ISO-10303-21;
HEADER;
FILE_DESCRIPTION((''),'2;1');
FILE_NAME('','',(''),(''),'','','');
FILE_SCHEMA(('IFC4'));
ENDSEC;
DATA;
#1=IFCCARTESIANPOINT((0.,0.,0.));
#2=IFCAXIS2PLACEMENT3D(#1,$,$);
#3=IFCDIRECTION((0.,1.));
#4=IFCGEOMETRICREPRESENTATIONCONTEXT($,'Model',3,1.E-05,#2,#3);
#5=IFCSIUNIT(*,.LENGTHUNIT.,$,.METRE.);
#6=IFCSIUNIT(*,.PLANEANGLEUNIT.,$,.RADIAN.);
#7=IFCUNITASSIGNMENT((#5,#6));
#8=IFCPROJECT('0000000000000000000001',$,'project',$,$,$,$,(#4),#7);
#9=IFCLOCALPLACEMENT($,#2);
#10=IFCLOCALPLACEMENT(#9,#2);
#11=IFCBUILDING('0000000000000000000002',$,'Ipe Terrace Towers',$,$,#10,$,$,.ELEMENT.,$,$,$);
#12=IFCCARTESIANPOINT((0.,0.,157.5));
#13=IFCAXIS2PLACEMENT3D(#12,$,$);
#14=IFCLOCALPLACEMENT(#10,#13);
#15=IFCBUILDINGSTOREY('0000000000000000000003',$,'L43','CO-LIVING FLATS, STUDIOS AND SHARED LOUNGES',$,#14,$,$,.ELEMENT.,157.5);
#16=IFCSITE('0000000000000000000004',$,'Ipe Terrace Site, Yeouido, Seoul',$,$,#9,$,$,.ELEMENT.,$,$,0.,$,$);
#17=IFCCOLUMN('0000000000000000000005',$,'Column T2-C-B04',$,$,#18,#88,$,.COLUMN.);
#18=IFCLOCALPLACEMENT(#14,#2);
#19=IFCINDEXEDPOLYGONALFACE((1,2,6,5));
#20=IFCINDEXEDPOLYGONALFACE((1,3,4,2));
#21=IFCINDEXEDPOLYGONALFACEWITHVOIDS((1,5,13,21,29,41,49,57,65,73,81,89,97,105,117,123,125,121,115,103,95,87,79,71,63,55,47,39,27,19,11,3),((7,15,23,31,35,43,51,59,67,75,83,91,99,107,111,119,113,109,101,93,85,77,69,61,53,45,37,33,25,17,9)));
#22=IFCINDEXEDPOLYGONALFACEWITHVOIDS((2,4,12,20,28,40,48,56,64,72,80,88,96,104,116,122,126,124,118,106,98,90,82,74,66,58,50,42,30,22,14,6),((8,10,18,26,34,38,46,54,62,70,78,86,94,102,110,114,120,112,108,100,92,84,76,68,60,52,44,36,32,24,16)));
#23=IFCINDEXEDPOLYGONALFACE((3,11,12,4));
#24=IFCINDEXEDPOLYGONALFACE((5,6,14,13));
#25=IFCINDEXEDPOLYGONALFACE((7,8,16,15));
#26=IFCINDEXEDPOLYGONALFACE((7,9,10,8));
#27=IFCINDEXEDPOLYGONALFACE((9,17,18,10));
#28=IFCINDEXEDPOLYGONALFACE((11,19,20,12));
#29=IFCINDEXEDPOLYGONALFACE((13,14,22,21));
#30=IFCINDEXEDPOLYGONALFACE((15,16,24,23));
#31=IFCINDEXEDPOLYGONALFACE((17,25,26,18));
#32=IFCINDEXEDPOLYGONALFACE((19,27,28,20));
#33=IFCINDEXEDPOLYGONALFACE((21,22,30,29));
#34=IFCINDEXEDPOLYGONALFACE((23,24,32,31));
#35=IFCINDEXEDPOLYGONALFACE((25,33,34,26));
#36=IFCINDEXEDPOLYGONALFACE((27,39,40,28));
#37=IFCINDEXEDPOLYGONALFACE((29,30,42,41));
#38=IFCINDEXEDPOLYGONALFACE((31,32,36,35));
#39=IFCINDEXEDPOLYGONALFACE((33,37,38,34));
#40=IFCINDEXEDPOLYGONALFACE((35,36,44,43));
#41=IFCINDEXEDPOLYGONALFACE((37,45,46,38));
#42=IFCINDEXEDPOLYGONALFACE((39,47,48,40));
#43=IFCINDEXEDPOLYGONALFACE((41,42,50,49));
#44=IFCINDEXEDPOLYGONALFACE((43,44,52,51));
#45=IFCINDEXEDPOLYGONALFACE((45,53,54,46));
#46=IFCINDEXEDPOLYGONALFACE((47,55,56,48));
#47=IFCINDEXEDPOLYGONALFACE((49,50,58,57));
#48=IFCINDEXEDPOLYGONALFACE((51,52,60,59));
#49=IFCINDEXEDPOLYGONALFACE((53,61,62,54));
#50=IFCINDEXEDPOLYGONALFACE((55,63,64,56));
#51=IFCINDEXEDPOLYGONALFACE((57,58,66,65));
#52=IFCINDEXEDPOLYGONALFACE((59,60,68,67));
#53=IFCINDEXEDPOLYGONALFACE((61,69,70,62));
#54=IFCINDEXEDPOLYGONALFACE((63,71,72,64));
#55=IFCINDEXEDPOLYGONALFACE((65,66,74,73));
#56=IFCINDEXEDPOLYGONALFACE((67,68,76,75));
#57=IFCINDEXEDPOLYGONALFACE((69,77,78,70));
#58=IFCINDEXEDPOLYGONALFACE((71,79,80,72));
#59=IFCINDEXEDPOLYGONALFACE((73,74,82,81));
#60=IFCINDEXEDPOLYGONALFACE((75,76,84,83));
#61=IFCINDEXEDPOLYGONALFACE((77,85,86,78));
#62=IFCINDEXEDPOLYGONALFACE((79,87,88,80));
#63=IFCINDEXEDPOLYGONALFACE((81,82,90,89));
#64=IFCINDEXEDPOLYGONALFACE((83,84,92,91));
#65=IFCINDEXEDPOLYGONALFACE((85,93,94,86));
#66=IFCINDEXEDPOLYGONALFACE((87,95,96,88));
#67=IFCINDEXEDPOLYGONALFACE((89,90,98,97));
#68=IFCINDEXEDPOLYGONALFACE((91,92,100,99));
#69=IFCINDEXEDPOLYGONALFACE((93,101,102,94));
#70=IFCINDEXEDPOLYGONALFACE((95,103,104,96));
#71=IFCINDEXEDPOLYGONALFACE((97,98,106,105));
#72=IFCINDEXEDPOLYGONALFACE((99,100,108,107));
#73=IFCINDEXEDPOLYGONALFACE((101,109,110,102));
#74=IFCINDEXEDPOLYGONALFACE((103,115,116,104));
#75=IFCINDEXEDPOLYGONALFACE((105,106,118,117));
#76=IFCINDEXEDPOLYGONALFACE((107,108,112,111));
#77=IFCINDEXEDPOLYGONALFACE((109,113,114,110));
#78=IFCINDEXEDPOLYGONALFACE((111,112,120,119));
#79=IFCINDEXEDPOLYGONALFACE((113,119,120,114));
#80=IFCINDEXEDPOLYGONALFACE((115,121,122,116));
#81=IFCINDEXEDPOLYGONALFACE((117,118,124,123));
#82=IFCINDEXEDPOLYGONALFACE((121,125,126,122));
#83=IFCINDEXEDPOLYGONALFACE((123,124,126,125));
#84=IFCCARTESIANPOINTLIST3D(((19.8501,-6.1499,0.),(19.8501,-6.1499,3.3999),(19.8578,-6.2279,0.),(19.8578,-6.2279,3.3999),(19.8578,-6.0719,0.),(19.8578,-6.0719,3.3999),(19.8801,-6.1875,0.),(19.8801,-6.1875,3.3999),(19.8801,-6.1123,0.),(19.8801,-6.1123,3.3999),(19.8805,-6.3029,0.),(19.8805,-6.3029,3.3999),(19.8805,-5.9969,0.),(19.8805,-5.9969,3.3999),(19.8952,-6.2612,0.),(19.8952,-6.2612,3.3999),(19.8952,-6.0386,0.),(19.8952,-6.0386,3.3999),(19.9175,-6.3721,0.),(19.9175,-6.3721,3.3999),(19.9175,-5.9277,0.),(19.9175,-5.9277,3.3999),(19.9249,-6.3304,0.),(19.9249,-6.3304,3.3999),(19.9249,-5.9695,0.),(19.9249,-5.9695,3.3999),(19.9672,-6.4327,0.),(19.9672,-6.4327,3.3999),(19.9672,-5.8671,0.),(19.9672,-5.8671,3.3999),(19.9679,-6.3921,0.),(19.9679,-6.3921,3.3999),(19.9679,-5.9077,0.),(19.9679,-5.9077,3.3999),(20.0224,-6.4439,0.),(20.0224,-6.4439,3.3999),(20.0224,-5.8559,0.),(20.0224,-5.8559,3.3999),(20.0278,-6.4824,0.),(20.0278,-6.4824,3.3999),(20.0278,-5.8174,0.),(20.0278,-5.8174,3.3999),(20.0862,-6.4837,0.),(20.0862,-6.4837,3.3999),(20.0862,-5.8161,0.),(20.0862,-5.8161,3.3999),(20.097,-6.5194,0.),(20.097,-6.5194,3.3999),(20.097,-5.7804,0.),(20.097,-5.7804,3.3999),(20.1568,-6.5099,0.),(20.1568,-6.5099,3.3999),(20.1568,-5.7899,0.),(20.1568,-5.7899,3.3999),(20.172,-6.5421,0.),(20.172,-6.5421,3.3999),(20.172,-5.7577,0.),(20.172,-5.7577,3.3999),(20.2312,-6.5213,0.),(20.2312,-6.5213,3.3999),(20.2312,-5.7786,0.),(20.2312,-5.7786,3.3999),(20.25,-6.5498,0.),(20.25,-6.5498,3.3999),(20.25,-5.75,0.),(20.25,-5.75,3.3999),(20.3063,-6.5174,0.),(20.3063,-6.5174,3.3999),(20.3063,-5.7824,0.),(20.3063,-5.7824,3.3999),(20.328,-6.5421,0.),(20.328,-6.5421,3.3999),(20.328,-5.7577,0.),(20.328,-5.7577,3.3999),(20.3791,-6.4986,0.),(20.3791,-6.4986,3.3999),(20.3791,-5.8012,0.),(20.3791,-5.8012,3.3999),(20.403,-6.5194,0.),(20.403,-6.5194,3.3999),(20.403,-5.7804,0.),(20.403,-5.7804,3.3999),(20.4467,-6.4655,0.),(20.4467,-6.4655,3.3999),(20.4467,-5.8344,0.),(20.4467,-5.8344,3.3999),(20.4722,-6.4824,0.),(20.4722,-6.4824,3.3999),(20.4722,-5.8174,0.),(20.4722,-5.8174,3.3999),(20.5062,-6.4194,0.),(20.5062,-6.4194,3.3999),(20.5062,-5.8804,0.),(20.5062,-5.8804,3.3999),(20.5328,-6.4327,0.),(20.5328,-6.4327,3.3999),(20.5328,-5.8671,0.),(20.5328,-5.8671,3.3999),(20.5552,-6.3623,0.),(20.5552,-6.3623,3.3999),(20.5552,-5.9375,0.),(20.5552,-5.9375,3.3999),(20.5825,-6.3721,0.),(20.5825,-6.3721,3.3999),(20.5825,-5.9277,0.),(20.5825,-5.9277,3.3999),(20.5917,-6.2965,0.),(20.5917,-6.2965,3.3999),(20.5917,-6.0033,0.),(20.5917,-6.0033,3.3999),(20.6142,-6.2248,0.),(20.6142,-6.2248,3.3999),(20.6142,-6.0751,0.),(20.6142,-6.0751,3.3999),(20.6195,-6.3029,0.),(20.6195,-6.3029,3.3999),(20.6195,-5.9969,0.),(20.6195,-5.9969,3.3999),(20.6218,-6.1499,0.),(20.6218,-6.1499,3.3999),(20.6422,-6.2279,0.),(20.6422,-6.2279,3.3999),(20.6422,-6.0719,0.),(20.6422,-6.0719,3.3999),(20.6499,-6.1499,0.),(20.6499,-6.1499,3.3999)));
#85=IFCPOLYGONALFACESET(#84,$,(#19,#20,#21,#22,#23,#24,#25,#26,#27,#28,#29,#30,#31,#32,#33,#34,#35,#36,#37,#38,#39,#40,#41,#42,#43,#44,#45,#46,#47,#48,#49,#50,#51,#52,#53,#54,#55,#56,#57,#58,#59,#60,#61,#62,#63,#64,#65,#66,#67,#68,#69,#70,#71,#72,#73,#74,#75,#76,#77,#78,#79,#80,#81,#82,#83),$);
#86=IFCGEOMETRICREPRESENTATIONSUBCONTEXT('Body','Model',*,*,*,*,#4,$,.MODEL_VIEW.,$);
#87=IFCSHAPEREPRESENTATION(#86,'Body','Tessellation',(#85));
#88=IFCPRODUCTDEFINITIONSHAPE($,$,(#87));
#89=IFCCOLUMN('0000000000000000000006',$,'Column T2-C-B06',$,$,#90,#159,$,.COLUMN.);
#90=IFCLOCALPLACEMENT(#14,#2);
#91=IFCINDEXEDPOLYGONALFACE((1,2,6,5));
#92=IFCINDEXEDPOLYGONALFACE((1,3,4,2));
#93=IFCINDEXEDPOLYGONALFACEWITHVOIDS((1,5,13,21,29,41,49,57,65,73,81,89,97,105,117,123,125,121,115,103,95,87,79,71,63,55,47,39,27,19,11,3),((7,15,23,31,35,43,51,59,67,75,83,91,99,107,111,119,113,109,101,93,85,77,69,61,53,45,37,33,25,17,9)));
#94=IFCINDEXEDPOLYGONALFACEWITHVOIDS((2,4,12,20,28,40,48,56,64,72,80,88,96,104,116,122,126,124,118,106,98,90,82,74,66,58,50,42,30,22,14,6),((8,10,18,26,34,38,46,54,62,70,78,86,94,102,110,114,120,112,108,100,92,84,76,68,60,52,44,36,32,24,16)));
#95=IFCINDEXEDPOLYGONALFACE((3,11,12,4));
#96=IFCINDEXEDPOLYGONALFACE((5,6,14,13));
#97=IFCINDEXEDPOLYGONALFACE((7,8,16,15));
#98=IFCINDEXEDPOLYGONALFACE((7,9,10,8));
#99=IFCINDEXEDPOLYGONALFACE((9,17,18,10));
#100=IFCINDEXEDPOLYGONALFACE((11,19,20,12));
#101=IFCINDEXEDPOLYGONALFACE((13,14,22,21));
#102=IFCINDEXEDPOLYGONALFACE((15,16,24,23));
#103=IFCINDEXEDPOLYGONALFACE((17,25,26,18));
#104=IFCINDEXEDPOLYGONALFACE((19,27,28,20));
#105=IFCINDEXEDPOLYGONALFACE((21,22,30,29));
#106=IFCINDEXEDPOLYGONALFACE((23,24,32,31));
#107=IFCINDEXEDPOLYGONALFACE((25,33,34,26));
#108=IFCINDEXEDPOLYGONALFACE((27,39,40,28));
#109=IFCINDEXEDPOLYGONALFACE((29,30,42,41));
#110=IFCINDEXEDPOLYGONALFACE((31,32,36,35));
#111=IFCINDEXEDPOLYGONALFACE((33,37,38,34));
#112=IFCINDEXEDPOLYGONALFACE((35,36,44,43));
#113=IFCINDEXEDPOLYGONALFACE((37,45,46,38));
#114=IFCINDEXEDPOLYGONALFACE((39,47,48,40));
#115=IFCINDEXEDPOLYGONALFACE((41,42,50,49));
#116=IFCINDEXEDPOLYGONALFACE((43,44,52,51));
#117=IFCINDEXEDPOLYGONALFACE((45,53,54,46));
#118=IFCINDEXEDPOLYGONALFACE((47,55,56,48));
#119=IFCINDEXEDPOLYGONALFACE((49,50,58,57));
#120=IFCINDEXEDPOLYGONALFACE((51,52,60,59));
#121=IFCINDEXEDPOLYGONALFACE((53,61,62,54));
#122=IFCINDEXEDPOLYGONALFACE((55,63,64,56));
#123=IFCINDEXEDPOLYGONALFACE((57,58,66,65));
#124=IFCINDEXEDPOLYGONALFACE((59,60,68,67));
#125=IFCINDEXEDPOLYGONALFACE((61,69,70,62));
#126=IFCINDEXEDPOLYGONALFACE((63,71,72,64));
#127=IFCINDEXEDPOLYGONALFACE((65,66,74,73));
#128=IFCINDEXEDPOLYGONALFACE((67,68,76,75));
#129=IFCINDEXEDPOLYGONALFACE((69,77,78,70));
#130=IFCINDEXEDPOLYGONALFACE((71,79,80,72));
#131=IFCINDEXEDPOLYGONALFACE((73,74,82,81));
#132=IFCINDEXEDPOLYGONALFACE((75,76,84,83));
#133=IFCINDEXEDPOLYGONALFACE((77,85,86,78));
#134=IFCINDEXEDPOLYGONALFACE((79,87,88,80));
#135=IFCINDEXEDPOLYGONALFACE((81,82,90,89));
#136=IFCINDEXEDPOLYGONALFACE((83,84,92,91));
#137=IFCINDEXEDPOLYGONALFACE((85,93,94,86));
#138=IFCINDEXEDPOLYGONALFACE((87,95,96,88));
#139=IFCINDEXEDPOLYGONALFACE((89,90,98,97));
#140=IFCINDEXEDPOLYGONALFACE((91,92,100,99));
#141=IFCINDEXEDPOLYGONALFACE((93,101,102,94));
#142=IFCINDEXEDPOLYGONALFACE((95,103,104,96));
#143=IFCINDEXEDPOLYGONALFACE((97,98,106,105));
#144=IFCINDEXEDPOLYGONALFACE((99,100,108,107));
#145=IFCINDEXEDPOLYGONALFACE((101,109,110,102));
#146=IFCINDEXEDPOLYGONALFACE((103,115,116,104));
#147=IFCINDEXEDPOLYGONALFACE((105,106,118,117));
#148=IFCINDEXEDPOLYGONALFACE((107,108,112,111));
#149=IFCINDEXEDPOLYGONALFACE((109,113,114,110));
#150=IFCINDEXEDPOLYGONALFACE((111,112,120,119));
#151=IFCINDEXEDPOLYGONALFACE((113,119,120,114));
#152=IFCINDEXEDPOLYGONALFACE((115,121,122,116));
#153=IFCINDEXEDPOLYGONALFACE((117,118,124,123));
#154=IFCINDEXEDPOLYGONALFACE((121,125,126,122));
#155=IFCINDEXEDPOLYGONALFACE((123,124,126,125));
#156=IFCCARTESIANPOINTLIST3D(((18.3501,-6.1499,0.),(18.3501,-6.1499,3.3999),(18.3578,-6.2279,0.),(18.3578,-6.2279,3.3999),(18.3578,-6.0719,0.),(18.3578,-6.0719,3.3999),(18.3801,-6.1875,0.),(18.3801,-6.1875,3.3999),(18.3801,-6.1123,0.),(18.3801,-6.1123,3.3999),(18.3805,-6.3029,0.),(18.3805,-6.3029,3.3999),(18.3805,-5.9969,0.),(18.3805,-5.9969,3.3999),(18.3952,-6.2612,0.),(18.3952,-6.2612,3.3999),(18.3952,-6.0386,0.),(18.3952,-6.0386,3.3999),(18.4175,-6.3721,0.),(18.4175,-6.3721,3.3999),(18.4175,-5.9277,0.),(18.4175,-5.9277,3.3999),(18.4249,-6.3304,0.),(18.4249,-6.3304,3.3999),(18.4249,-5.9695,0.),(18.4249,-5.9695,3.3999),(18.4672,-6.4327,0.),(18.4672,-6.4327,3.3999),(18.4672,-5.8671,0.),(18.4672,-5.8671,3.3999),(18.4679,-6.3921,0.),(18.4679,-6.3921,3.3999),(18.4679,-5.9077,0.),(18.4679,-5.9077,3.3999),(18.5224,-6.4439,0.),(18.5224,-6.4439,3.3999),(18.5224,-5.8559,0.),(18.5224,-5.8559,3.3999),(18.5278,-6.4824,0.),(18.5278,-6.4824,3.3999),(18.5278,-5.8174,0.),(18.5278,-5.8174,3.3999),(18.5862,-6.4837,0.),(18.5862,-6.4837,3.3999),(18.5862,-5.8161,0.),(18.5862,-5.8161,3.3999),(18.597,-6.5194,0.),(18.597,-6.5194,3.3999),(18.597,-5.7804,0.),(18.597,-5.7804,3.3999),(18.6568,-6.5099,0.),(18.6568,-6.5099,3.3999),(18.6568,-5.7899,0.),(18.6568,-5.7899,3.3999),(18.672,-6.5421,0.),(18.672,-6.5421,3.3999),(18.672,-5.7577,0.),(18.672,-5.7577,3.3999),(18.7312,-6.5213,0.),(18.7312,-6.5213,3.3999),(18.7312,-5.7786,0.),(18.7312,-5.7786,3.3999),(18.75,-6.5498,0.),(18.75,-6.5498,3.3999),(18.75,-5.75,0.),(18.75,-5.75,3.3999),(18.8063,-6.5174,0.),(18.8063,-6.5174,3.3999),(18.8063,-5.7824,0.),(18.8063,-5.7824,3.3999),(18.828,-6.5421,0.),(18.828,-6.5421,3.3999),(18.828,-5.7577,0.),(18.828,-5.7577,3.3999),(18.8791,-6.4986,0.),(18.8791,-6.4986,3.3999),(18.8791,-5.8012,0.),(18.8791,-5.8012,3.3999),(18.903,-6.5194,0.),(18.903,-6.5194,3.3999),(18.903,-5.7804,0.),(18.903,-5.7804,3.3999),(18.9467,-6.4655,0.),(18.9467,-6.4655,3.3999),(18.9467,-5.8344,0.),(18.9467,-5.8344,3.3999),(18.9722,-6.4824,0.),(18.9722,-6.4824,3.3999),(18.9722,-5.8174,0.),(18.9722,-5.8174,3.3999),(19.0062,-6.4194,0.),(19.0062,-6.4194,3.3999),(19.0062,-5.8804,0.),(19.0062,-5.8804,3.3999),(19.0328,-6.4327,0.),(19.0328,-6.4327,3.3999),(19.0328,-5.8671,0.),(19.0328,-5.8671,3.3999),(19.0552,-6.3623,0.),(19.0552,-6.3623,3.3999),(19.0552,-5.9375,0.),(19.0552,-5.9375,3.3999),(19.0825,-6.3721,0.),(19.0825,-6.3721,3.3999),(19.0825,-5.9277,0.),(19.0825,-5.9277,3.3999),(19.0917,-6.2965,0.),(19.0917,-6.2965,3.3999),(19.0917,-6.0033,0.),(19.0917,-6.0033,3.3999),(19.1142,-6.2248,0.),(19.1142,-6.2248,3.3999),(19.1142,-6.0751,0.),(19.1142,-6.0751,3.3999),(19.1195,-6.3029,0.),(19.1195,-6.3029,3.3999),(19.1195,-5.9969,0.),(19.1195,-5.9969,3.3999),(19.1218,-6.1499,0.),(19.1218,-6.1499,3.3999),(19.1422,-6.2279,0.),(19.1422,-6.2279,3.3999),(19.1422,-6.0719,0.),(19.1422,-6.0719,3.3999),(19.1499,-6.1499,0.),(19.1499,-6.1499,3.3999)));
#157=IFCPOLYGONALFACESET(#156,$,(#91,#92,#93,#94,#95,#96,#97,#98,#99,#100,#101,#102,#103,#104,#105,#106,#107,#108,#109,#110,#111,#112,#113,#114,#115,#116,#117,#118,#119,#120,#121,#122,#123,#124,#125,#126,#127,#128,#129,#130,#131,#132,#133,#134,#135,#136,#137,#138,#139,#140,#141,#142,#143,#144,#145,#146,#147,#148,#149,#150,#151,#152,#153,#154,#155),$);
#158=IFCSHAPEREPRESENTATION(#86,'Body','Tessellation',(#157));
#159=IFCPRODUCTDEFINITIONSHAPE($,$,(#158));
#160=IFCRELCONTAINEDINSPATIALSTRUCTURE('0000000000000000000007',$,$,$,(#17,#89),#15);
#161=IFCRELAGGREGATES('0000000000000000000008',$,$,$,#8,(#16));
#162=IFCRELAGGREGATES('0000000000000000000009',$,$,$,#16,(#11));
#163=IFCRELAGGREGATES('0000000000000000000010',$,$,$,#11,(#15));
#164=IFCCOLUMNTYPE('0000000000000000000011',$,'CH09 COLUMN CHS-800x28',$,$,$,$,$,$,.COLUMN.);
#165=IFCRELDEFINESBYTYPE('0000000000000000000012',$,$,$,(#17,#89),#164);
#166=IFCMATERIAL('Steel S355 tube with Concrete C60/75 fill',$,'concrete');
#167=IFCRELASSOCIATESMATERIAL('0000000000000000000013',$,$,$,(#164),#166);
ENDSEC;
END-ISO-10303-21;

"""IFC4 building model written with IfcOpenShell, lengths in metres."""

from ifc_helpers import new_model, si_unit, direction, frame, origin, origin_2d, place, context, subcontext, project, spatial, hollow_circle, extrude, material, material_profile, profile_set, type_object, element, save


model = new_model("IFC4")

# Units and contexts
model_context = context("Model", 3, precision=1e-05, world=origin(), true_north=direction((0.0, 1.0)))
body_context = subcontext(model_context, "Body", "Model", "MODEL_VIEW")
ifc_project = project(units=[si_unit("LENGTHUNIT", "METRE"), si_unit("PLANEANGLEUNIT", "RADIAN")], contexts=[model_context])

# Site, building, storey
site_placement = place(None, origin())
site = spatial("IfcSite", under=ifc_project, at=site_placement, Name="Ipe Terrace Site, Yeouido, Seoul", CompositionType="ELEMENT", RefElevation=0.0)
building_placement = place(site_placement, origin())
building = spatial("IfcBuilding", under=site, at=building_placement, Name="Ipe Terrace Towers", CompositionType="ELEMENT")
storey_placement = place(building_placement, frame((0.0, 0.0, 157.5)))
storey = spatial("IfcBuildingStorey", under=building, at=storey_placement, Name="L43", Description="CO-LIVING FLATS, STUDIOS AND SHARED LOUNGES", CompositionType="ELEMENT", Elevation=157.5)

# Columns
ifc_material_1 = material(Name="Steel S355 tube with Concrete C60/75 fill", Category="concrete")
ifc_material_profile_1 = material_profile(ifc_material_1, hollow_circle(Radius=0.3999, WallThickness=0.0281, at=origin_2d()), Name="CHS-800x28")
ifc_profile_set_1 = profile_set([ifc_material_profile_1], Name="Steel S355 tube with Concrete C60/75 fill")
column_type = type_object("IfcColumnType", Name="CH09 COLUMN CHS-800x28", PredefinedType="COLUMN", material=ifc_profile_set_1)
for number, where, z_axis, x_axis, name in (
    (1, (20.25, -6.1499, 0.0), (0.0, 0.0, 1.0), (1.0, 0.0, 0.0), "Column T2-C-B04"),
    (2, (18.75, -6.1499, 0.0), (0.0, 0.0, 1.0), (1.0, 0.0, 0.0), "Column T2-C-B06"),
):
    element("IfcColumn", number, at=place(storey_placement, frame(where, z_axis=z_axis, x_axis=x_axis)), inside=storey, type_object=column_type, Name=name, PredefinedType="COLUMN", context=body_context, shape_type="SweptSolid", body=[
        extrude(hollow_circle(Radius=0.3999, WallThickness=0.0281, at=origin_2d()), origin(), (0.0, 0.0, 1.0), 3.3999),
    ])

save(model, "model.ifc")
